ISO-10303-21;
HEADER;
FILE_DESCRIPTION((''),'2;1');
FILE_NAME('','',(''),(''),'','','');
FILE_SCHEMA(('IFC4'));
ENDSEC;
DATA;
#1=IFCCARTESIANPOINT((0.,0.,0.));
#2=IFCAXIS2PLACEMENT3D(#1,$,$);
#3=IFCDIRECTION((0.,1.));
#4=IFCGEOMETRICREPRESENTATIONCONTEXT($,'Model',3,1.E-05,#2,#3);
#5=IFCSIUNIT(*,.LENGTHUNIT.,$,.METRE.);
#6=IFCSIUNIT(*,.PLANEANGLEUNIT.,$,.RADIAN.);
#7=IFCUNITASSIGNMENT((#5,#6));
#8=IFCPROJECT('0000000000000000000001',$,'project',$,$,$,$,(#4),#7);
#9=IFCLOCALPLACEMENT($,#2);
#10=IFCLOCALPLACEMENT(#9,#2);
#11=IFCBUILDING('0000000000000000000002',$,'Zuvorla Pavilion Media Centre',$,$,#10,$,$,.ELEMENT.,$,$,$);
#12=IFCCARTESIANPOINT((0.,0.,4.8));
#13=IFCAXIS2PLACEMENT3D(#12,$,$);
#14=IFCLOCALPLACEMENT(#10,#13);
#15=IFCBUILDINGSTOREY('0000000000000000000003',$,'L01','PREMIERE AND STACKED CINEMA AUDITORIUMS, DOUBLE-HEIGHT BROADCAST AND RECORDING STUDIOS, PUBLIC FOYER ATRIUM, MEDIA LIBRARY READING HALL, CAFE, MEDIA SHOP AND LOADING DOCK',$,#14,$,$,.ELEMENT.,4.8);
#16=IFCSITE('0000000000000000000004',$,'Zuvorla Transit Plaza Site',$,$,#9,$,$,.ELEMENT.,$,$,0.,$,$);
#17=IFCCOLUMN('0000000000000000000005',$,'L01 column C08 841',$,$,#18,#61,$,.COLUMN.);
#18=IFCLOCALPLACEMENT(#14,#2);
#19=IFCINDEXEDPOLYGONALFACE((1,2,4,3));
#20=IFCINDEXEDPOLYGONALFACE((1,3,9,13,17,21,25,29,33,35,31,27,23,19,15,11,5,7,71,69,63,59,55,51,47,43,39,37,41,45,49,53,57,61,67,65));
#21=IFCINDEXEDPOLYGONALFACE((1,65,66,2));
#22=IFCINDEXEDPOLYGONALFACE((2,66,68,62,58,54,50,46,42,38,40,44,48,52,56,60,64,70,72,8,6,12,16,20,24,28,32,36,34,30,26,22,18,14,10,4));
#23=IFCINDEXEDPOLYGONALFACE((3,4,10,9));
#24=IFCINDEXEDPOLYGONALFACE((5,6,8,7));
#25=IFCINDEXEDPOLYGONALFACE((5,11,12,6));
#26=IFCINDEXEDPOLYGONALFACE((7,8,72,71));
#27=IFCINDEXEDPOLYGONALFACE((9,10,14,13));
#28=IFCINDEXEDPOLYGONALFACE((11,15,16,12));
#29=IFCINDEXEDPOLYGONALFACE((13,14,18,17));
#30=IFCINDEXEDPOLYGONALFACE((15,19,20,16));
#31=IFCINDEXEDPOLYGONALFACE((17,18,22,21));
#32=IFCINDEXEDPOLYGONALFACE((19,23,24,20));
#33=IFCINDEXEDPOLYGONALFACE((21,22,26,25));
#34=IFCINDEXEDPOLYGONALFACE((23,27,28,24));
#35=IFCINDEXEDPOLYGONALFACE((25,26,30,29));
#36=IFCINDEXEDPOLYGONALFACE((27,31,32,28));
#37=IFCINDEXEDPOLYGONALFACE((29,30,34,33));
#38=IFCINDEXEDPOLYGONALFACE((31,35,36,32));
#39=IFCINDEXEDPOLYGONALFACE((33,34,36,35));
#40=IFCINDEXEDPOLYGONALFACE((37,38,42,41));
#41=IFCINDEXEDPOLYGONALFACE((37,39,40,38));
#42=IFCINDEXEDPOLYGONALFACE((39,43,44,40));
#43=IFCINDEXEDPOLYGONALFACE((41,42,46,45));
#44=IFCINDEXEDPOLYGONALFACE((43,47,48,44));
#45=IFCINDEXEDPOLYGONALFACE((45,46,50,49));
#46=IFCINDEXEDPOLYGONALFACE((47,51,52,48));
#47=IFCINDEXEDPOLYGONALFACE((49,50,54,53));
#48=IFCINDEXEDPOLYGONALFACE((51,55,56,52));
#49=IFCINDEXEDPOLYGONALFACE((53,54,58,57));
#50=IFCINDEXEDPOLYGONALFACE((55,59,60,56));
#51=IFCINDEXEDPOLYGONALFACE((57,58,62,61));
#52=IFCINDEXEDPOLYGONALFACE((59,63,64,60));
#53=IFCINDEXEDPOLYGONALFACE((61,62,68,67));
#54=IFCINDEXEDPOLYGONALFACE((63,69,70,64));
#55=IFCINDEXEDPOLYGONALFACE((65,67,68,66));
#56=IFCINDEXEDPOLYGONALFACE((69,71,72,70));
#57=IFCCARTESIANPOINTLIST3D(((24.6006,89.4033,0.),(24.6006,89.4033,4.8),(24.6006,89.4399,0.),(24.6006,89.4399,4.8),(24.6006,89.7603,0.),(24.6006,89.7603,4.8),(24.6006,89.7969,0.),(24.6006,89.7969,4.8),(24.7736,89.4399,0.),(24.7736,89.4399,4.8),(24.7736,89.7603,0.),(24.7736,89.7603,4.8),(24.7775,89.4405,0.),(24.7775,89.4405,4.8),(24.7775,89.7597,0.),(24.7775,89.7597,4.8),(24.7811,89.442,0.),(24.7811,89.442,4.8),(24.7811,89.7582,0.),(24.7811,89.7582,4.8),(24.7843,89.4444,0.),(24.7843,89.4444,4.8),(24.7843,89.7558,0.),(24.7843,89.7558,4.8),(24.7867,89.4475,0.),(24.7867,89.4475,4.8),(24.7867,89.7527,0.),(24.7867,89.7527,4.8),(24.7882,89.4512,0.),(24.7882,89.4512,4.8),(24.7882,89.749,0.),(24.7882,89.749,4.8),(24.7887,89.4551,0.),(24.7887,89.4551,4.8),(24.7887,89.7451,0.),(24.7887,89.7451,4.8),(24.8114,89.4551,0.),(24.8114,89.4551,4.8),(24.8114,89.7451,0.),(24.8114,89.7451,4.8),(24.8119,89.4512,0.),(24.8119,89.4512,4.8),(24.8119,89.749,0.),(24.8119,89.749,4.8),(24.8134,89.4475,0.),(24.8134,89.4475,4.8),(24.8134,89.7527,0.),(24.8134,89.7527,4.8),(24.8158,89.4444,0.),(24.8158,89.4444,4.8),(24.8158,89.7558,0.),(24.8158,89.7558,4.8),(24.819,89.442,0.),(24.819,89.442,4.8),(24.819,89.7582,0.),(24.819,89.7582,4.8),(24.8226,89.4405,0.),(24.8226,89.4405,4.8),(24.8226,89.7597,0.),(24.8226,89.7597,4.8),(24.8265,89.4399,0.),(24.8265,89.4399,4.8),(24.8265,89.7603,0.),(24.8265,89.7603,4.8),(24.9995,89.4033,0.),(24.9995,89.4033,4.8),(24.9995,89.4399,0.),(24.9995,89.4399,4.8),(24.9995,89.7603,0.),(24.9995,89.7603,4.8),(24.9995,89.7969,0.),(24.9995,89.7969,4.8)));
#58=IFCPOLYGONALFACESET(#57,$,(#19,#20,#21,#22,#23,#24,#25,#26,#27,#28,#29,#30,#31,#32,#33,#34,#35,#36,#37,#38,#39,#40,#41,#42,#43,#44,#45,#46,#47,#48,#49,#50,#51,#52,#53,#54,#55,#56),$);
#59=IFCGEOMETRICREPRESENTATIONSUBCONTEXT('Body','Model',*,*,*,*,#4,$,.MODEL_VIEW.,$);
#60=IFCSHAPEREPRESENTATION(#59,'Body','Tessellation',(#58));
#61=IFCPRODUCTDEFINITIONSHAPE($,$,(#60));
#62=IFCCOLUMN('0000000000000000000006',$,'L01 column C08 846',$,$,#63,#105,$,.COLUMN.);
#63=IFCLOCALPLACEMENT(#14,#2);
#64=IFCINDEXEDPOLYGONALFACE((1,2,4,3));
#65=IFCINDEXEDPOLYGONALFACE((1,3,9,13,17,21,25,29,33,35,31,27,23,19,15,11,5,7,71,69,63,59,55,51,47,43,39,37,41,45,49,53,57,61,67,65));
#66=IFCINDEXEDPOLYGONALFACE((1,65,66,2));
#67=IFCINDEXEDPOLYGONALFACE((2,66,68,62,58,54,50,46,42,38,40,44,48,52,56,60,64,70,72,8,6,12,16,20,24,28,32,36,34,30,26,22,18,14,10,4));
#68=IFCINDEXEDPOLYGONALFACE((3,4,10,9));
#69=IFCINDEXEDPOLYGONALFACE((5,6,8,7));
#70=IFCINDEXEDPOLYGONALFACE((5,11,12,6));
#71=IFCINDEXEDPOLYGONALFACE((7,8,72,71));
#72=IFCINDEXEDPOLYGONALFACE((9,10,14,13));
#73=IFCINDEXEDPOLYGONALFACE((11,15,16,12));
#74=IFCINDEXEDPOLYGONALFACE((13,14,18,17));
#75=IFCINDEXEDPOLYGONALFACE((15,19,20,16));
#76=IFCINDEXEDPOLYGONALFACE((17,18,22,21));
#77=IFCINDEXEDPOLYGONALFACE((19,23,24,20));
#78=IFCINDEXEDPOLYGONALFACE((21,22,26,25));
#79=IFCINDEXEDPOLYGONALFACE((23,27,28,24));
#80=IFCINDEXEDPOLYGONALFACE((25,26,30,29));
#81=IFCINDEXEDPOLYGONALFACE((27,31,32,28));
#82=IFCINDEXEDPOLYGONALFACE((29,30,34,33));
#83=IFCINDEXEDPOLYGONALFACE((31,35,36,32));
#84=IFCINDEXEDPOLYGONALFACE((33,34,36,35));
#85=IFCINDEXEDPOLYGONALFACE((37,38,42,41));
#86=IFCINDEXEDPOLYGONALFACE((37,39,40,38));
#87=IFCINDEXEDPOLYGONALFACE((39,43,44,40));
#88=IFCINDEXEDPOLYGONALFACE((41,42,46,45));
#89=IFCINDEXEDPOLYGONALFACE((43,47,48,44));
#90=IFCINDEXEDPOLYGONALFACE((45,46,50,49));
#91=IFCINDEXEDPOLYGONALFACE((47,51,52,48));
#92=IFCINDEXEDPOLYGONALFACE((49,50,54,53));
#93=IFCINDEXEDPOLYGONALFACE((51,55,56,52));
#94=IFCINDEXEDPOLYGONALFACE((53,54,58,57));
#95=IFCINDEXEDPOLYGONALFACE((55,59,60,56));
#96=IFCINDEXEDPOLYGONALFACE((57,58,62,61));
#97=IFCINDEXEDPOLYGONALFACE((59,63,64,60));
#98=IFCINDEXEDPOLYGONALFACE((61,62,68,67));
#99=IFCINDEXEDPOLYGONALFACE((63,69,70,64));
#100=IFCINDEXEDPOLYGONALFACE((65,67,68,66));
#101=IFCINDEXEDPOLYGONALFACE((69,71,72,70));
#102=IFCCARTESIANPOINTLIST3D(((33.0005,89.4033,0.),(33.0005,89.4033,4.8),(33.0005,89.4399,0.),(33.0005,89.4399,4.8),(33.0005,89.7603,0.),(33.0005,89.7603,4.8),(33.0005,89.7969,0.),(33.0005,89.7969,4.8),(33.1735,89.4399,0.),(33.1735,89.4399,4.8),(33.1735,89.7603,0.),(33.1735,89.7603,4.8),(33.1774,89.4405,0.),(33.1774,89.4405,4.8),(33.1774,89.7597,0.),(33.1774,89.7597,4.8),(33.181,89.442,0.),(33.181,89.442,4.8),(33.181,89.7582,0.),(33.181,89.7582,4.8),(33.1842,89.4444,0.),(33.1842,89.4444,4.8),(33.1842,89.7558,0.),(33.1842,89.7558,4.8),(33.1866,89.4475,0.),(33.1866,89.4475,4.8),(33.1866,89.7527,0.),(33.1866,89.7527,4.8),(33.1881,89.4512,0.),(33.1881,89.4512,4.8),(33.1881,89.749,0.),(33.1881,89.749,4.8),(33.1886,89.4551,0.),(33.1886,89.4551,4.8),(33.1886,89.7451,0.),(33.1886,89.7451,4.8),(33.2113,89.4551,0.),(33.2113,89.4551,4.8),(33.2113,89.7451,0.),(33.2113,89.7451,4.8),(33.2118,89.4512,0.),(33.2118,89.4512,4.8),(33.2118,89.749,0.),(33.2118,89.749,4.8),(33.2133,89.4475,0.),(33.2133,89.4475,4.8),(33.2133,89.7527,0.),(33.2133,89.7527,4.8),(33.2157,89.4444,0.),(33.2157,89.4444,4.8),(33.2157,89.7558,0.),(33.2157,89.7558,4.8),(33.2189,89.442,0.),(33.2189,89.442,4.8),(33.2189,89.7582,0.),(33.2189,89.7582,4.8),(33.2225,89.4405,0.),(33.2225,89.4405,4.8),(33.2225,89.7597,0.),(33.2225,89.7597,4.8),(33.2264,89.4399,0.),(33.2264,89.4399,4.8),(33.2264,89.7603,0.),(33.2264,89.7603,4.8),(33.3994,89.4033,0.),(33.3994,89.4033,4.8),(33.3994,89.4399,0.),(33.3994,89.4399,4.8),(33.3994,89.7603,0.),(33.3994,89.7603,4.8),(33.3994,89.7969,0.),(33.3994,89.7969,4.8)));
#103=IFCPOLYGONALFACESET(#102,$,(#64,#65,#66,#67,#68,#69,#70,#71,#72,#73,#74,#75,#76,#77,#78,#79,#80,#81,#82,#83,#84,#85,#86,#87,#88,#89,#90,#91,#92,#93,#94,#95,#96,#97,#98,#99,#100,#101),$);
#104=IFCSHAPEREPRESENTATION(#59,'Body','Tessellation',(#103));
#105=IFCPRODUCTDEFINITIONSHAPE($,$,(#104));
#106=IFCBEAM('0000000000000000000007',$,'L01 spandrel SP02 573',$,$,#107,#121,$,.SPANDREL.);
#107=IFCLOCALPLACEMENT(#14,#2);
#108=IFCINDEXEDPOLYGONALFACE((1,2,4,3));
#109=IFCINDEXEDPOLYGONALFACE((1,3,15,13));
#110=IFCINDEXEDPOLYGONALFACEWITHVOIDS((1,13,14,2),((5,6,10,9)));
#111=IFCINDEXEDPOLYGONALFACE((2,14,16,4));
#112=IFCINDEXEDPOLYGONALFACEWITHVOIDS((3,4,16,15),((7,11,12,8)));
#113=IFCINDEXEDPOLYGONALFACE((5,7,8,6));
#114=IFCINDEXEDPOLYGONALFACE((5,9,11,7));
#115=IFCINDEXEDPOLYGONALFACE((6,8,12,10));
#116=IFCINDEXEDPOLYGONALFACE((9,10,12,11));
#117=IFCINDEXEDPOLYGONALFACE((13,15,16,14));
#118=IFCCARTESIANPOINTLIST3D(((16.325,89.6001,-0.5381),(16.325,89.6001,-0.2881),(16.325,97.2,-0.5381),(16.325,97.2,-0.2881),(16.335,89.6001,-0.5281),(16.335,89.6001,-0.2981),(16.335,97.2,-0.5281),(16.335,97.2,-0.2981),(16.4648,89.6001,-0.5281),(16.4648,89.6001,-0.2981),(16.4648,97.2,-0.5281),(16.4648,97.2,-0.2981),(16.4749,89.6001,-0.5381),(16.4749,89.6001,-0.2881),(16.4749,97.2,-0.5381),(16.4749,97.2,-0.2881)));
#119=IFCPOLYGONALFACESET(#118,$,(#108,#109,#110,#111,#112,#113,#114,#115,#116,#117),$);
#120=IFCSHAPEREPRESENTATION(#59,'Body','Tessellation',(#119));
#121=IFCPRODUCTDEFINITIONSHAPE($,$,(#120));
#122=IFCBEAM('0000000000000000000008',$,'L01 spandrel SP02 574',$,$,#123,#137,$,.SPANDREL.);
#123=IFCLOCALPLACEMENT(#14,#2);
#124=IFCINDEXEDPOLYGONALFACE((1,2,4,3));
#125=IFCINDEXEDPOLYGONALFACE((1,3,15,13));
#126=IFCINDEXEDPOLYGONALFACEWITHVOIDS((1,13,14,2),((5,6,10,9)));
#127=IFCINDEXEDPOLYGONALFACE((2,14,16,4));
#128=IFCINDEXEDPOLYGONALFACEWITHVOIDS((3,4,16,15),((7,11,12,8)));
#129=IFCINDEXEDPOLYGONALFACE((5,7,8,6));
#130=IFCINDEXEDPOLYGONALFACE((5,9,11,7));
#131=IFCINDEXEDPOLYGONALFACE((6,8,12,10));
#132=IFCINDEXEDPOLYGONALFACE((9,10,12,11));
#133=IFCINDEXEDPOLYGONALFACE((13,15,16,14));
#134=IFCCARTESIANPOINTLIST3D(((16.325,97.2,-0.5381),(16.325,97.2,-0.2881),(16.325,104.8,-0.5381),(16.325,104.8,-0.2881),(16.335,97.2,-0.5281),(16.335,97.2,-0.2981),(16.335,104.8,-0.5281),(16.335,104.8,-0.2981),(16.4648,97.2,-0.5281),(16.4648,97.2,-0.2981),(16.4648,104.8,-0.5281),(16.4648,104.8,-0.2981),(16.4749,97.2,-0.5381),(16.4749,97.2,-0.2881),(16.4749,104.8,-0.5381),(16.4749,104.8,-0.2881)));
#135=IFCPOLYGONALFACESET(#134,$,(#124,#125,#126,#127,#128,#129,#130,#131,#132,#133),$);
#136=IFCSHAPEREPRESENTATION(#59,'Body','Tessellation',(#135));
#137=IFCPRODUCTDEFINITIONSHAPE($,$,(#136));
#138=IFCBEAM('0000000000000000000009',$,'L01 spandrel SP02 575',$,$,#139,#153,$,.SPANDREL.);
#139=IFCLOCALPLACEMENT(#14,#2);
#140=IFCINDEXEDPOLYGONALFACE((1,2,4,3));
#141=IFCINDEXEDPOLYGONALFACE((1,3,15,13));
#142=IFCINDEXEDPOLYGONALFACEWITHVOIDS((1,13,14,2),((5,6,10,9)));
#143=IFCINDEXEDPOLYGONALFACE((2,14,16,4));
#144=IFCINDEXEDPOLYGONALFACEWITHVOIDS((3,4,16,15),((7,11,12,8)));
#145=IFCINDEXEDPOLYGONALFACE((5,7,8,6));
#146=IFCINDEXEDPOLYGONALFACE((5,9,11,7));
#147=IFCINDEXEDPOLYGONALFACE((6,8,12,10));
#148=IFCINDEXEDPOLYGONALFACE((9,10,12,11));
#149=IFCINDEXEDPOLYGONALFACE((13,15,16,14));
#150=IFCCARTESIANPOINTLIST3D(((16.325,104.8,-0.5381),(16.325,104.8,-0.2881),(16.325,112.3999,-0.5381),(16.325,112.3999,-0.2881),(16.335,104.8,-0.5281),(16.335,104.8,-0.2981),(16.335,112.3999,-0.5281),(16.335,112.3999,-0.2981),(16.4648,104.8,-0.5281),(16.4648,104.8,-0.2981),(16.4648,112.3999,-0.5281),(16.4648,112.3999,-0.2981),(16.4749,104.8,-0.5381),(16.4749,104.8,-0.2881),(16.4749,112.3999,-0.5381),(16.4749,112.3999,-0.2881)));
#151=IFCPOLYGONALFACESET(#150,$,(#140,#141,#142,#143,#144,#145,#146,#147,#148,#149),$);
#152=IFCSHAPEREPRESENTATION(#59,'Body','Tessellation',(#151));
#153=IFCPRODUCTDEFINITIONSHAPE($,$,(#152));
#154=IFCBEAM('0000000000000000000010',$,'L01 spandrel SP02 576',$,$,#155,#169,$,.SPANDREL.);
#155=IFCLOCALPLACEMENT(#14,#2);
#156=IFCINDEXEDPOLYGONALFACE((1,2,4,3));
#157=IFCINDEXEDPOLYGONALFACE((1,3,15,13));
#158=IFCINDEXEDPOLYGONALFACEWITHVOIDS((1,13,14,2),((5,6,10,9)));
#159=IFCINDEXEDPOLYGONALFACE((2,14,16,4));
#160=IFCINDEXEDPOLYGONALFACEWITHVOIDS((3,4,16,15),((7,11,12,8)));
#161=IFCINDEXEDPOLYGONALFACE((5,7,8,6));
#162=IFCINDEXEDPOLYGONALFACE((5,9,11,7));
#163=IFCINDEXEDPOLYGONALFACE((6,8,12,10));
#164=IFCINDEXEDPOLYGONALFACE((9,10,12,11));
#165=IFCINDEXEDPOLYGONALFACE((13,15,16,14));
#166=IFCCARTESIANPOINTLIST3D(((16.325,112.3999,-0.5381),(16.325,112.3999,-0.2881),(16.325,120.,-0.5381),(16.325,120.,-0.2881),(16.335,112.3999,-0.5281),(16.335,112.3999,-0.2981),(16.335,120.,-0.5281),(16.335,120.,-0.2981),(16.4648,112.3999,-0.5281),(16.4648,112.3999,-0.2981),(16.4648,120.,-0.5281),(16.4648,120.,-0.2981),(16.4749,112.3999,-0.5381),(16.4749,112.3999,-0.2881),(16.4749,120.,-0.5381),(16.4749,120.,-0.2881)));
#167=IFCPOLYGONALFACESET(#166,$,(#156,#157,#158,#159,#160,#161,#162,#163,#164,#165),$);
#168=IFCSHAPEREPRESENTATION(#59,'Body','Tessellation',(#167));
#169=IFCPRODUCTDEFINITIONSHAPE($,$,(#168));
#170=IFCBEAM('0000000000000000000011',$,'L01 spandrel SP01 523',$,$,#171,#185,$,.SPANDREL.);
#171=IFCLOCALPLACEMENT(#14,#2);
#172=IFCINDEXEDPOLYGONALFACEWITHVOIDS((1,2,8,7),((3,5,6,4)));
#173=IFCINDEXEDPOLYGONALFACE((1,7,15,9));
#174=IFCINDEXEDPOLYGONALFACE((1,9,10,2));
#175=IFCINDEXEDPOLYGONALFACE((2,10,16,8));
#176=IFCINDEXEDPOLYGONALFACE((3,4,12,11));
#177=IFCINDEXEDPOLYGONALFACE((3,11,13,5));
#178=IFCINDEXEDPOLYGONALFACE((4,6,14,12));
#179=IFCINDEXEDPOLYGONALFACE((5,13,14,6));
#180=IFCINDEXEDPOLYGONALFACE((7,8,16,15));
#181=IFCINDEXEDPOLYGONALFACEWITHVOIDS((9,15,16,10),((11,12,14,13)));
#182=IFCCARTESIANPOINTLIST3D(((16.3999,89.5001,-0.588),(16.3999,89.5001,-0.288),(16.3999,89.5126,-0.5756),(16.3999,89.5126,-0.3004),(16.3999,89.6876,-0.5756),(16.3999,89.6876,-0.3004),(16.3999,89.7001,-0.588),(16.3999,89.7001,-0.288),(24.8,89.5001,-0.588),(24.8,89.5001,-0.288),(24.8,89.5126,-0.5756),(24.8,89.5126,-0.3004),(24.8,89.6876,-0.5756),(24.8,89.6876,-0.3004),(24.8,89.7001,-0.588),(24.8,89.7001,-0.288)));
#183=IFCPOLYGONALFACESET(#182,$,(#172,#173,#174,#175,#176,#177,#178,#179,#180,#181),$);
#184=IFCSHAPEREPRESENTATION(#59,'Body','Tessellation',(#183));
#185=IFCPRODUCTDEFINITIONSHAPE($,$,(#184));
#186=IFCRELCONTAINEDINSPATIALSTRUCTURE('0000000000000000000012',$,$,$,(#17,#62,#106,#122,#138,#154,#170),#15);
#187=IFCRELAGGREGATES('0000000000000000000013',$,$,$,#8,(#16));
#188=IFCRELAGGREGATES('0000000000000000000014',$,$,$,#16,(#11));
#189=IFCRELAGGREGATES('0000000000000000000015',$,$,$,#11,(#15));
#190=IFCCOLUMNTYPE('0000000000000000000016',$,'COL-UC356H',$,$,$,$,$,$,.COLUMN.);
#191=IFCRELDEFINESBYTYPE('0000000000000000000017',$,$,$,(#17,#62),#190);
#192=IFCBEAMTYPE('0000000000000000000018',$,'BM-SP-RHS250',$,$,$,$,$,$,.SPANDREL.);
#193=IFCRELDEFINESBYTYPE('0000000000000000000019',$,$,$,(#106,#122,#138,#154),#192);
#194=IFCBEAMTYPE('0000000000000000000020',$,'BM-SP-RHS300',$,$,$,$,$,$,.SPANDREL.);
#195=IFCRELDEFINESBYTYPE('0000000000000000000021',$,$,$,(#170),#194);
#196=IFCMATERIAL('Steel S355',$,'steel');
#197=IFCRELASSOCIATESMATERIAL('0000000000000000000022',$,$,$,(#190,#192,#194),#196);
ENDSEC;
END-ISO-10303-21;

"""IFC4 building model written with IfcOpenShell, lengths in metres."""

from ifc_helpers import new_model, si_unit, direction, frame, origin, origin_2d, place, context, subcontext, project, spatial, hollow_rectangle, i_section, extrude, material, material_profile, profile_set, type_object, element, save


model = new_model("IFC4")

# Units and contexts
model_context = context("Model", 3, precision=1e-05, world=origin(), true_north=direction((0.0, 1.0)))
body_context = subcontext(model_context, "Body", "Model", "MODEL_VIEW")
ifc_project = project(units=[si_unit("LENGTHUNIT", "METRE"), si_unit("PLANEANGLEUNIT", "RADIAN")], contexts=[model_context])

# Site, building, storey
site_placement = place(None, origin())
site = spatial("IfcSite", under=ifc_project, at=site_placement, Name="Zuvorla Transit Plaza Site", CompositionType="ELEMENT", RefElevation=0.0)
building_placement = place(site_placement, origin())
building = spatial("IfcBuilding", under=site, at=building_placement, Name="Zuvorla Pavilion Media Centre", CompositionType="ELEMENT")
storey_placement = place(building_placement, frame((0.0, 0.0, 4.8)))
storey = spatial("IfcBuildingStorey", under=building, at=storey_placement, Name="L01", Description="PREMIERE AND STACKED CINEMA AUDITORIUMS, DOUBLE-HEIGHT BROADCAST AND RECORDING STUDIOS, PUBLIC FOYER ATRIUM, MEDIA LIBRARY READING HALL, CAFE, MEDIA SHOP AND LOADING DOCK", CompositionType="ELEMENT", Elevation=4.8)

# Columns
ifc_material_1 = material(Name="Steel S355", Category="steel")
ifc_material_profile_1 = material_profile(ifc_material_1, i_section(OverallWidth=0.3989, OverallDepth=0.3936, WebThickness=0.0227, FlangeThickness=0.0366, FilletRadius=0.0151, at=origin_2d()), Name="UC 356x406x287")
ifc_profile_set_1 = profile_set([ifc_material_profile_1], Name="Steel S355")
column_type = type_object("IfcColumnType", Name="COL-UC356H", PredefinedType="COLUMN", material=ifc_profile_set_1)
for number, where, z_axis, x_axis, name in (
    (1, (24.8, 89.6001, 0.0), (0.0, 0.0, 1.0), (1.0, 0.0, 0.0), "L01 column C08 841"),
    (2, (33.2, 89.6001, 0.0), (0.0, 0.0, 1.0), (1.0, 0.0, 0.0), "L01 column C08 846"),
):
    element("IfcColumn", number, at=place(storey_placement, frame(where, z_axis=z_axis, x_axis=x_axis)), inside=storey, type_object=column_type, Name=name, PredefinedType="COLUMN", context=body_context, shape_type="SweptSolid", body=[
        extrude(i_section(OverallWidth=0.3989, OverallDepth=0.3936, WebThickness=0.0227, FlangeThickness=0.0366, FilletRadius=0.0151, at=origin_2d()), origin(), (0.0, 0.0, 1.0), 4.8),
    ])

# Beams
ifc_material_profile_2 = material_profile(ifc_material_1, hollow_rectangle(XDim=0.1499, YDim=0.25, WallThickness=0.01, at=origin_2d()), Name="RHS 250x150x10")
ifc_profile_set_2 = profile_set([ifc_material_profile_2], Name="Steel S355")
beam_type_1 = type_object("IfcBeamType", Name="BM-SP-RHS250", PredefinedType="SPANDREL", material=ifc_profile_set_2)
beam_1_placement = place(storey_placement, frame((16.3999, 89.6001, -0.4131), z_axis=(0.0, 1.0, 0.0), x_axis=(-1.0, 0.0, 0.0)))
element("IfcBeam", 3, at=beam_1_placement, inside=storey, type_object=beam_type_1, Name="L01 spandrel SP02 573", PredefinedType="SPANDREL", context=body_context, shape_type="SweptSolid", body=[
    extrude(hollow_rectangle(XDim=0.1499, YDim=0.25, WallThickness=0.01, at=origin_2d()), origin(), (0.0, 0.0, 1.0), 7.5999),
])
beam_2_placement = place(storey_placement, frame((16.3999, 97.2, -0.4131), z_axis=(0.0, 1.0, 0.0), x_axis=(-1.0, 0.0, 0.0)))
element("IfcBeam", 4, at=beam_2_placement, inside=storey, type_object=beam_type_1, Name="L01 spandrel SP02 574", PredefinedType="SPANDREL", context=body_context, shape_type="SweptSolid", body=[
    extrude(hollow_rectangle(XDim=0.1499, YDim=0.25, WallThickness=0.01, at=origin_2d()), origin(), (0.0, 0.0, 1.0), 7.6001),
])
beam_3_placement = place(storey_placement, frame((16.3999, 104.8, -0.4131), z_axis=(0.0, 1.0, 0.0), x_axis=(-1.0, 0.0, 0.0)))
element("IfcBeam", 5, at=beam_3_placement, inside=storey, type_object=beam_type_1, Name="L01 spandrel SP02 575", PredefinedType="SPANDREL", context=body_context, shape_type="SweptSolid", body=[
    extrude(hollow_rectangle(XDim=0.1499, YDim=0.25, WallThickness=0.01, at=origin_2d()), origin(), (0.0, 0.0, 1.0), 7.5999),
])
beam_4_placement = place(storey_placement, frame((16.3999, 112.3999, -0.4131), z_axis=(0.0, 1.0, 0.0), x_axis=(-1.0, 0.0, 0.0)))
element("IfcBeam", 6, at=beam_4_placement, inside=storey, type_object=beam_type_1, Name="L01 spandrel SP02 576", PredefinedType="SPANDREL", context=body_context, shape_type="SweptSolid", body=[
    extrude(hollow_rectangle(XDim=0.1499, YDim=0.25, WallThickness=0.01, at=origin_2d()), origin(), (0.0, 0.0, 1.0), 7.6001),
])
ifc_material_profile_3 = material_profile(ifc_material_1, hollow_rectangle(XDim=0.2, YDim=0.3, WallThickness=0.0125, at=origin_2d()), Name="RHS 300x200x12.5")
ifc_profile_set_3 = profile_set([ifc_material_profile_3], Name="Steel S355")
beam_type_2 = type_object("IfcBeamType", Name="BM-SP-RHS300", PredefinedType="SPANDREL", material=ifc_profile_set_3)
beam_5_placement = place(storey_placement, frame((16.3999, 89.6001, -0.438), z_axis=(1.0, 0.0, 0.0), x_axis=(0.0, 1.0, 0.0)))
element("IfcBeam", 7, at=beam_5_placement, inside=storey, type_object=beam_type_2, Name="L01 spandrel SP01 523", PredefinedType="SPANDREL", context=body_context, shape_type="SweptSolid", body=[
    extrude(hollow_rectangle(XDim=0.2, YDim=0.3, WallThickness=0.0125, at=origin_2d()), origin(), (0.0, 0.0, 1.0), 8.4001),
])

save(model, "model.ifc")
